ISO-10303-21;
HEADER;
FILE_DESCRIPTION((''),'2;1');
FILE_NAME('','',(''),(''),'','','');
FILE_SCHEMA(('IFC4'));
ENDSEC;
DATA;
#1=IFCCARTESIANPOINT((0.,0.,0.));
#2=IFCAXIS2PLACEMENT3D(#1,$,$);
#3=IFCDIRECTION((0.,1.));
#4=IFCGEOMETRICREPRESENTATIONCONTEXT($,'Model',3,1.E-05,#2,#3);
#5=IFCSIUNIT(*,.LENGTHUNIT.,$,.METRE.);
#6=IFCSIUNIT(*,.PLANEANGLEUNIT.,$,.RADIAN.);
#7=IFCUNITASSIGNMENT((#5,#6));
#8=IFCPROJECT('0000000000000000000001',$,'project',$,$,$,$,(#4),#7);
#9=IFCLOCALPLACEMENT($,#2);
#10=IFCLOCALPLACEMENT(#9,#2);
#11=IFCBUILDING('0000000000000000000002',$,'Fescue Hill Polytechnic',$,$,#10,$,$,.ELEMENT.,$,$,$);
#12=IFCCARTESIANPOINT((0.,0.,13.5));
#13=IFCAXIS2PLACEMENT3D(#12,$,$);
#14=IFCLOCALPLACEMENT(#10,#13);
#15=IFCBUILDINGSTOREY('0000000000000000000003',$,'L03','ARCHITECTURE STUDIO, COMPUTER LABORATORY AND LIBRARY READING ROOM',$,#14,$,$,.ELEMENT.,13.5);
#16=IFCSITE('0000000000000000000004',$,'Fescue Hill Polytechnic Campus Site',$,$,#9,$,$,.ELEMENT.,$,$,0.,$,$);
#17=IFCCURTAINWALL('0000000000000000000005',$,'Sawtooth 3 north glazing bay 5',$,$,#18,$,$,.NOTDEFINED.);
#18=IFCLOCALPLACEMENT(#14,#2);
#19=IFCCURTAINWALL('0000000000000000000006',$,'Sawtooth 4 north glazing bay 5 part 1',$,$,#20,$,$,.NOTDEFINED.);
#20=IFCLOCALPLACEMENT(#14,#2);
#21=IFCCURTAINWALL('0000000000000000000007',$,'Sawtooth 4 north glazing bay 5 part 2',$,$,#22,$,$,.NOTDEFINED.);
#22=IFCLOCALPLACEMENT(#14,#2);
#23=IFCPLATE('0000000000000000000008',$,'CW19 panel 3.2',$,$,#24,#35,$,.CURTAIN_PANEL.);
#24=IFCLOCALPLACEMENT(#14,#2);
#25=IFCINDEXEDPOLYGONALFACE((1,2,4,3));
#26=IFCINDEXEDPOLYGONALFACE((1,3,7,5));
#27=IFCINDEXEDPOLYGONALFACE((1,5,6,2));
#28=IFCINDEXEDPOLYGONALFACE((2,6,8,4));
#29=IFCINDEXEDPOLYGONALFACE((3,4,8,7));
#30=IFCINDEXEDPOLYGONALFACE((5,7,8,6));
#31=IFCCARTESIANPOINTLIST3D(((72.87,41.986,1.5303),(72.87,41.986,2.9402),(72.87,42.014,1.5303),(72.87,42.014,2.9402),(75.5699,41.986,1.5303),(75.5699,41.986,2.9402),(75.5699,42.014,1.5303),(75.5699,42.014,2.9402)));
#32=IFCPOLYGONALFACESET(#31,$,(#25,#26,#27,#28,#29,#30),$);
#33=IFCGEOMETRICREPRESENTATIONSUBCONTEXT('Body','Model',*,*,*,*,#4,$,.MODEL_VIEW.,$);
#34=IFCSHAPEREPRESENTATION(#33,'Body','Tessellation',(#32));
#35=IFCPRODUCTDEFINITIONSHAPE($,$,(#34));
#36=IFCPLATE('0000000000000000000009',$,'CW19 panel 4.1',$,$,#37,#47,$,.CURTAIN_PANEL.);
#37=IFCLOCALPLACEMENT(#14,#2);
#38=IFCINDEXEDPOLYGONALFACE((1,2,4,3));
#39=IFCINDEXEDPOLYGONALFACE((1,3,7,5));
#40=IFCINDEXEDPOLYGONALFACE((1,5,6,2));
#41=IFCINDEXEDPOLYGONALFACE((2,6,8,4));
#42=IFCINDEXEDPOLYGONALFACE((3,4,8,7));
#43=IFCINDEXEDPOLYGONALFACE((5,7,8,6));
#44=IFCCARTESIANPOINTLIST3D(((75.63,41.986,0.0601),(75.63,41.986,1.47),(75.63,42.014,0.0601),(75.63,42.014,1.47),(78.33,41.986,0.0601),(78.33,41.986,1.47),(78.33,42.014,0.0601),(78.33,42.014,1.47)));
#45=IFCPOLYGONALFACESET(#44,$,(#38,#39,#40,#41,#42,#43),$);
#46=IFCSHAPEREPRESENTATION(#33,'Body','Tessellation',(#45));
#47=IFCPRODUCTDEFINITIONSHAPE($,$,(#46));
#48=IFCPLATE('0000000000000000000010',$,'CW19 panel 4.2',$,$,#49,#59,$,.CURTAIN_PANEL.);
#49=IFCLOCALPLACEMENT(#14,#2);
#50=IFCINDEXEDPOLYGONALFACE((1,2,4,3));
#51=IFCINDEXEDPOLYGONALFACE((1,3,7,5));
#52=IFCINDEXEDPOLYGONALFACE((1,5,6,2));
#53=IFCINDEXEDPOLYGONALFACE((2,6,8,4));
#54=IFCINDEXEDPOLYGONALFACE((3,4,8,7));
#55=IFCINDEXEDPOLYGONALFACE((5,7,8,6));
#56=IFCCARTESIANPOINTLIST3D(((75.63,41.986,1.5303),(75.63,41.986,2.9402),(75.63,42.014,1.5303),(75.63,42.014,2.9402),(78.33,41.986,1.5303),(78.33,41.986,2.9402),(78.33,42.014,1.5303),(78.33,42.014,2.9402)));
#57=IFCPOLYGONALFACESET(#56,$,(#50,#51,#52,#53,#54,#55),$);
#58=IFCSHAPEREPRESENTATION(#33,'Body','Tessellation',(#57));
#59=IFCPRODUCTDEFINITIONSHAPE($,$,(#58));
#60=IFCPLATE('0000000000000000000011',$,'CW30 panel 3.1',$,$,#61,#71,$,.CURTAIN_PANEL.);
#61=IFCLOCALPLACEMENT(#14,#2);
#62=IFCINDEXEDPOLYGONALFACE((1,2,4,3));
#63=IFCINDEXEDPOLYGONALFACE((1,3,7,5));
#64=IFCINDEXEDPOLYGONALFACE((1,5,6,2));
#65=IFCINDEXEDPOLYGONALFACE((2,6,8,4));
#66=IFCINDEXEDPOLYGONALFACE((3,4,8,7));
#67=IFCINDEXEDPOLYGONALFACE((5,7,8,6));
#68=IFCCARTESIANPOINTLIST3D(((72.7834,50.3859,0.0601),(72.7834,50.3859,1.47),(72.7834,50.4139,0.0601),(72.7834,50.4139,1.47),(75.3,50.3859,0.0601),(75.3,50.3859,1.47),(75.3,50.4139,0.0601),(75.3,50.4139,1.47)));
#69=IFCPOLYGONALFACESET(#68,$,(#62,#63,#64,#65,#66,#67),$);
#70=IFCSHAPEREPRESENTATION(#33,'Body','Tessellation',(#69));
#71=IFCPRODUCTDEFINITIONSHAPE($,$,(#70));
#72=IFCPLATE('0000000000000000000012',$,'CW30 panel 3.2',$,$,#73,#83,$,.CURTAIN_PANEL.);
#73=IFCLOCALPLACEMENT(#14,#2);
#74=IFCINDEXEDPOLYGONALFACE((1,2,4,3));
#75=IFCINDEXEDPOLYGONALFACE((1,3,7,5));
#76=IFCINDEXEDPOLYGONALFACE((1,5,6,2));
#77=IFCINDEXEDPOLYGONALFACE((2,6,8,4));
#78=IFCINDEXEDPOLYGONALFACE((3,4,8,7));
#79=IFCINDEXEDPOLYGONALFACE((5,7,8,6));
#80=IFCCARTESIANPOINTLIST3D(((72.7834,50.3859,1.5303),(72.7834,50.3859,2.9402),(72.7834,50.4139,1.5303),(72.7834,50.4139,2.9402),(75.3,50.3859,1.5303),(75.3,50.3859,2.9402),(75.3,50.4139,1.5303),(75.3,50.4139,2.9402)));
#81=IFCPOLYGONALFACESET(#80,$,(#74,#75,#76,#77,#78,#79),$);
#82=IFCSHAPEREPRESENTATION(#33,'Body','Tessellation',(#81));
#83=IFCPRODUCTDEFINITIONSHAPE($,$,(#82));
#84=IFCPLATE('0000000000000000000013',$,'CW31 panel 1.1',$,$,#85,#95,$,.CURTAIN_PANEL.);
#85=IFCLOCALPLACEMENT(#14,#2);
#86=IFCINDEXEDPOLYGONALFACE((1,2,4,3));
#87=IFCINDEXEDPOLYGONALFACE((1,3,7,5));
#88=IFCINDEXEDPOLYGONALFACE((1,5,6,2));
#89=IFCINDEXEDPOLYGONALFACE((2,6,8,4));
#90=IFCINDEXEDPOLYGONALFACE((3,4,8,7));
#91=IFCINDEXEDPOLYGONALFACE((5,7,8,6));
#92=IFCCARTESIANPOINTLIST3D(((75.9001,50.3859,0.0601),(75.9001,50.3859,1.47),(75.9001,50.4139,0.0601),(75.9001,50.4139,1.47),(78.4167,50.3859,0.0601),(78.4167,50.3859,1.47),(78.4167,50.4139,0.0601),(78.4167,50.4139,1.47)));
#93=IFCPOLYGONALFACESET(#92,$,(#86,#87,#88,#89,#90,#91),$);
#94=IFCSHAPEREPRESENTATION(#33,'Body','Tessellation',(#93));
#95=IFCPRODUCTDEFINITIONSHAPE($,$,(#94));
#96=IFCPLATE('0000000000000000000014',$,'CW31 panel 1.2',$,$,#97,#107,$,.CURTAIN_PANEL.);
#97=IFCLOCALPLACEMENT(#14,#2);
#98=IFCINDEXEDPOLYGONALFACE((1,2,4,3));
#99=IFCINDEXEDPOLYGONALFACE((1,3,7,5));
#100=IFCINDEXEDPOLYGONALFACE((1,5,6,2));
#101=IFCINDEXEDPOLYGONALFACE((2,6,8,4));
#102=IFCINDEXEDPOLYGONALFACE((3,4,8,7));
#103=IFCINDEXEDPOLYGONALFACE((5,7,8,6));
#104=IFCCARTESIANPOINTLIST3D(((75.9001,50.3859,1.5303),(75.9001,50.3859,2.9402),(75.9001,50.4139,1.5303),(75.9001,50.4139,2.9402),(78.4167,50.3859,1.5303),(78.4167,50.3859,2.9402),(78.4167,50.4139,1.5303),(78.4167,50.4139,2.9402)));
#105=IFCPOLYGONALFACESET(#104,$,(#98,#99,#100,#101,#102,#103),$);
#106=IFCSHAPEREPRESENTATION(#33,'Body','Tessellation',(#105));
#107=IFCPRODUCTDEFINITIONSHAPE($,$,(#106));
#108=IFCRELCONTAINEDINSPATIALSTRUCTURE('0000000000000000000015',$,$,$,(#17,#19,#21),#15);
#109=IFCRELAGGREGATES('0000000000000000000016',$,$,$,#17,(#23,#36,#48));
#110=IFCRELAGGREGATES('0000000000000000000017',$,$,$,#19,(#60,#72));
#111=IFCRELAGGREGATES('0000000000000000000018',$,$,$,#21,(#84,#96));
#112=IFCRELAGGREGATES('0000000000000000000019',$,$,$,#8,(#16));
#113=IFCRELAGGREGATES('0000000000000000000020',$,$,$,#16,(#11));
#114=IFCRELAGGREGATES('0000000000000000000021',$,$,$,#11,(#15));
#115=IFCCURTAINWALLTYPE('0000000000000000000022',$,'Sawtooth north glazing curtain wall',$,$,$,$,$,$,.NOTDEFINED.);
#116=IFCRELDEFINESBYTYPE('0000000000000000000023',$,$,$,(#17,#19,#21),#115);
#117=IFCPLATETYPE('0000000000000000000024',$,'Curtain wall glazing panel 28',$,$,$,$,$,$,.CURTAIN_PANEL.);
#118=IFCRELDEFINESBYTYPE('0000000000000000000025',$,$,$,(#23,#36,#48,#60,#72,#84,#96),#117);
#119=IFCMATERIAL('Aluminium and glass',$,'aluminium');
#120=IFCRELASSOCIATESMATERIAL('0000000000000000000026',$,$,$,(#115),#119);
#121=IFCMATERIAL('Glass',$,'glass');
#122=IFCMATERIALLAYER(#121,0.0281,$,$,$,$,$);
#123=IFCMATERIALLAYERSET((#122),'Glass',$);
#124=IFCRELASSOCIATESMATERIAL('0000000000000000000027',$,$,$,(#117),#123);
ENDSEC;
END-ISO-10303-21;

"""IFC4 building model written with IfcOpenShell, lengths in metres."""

from ifc_helpers import new_model, si_unit, direction, frame, origin, origin_2d, place, context, subcontext, project, spatial, rectangle, extrude, material, layer, layer_set, type_object, element, aggregate, save


model = new_model("IFC4")

# Units and contexts
model_context = context("Model", 3, precision=1e-05, world=origin(), true_north=direction((0.0, 1.0)))
body_context = subcontext(model_context, "Body", "Model", "MODEL_VIEW")
ifc_project = project(units=[si_unit("LENGTHUNIT", "METRE"), si_unit("PLANEANGLEUNIT", "RADIAN")], contexts=[model_context])

# Site, building, storey
site_placement = place(None, origin())
site = spatial("IfcSite", under=ifc_project, at=site_placement, Name="Fescue Hill Polytechnic Campus Site", CompositionType="ELEMENT", RefElevation=0.0)
building_placement = place(site_placement, origin())
building = spatial("IfcBuilding", under=site, at=building_placement, Name="Fescue Hill Polytechnic", CompositionType="ELEMENT")
storey_placement = place(building_placement, frame((0.0, 0.0, 13.5)))
storey = spatial("IfcBuildingStorey", under=building, at=storey_placement, Name="L03", Description="ARCHITECTURE STUDIO, COMPUTER LABORATORY AND LIBRARY READING ROOM", CompositionType="ELEMENT", Elevation=13.5)

# Curtain wall
ifc_material_1 = material(Name="Aluminium and glass", Category="aluminium")
curtain_wall_type = type_object("IfcCurtainWallType", Name="Sawtooth north glazing curtain wall", PredefinedType="NOTDEFINED", material=ifc_material_1)
curtain_wall_1_placement = place(storey_placement, origin())
curtain_wall_1 = element("IfcCurtainWall", 1, at=curtain_wall_1_placement, inside=storey, type_object=curtain_wall_type, Name="Sawtooth 3 north glazing bay 5", PredefinedType="NOTDEFINED")

# Curtain walls
curtain_wall_2_placement = place(storey_placement, origin())
curtain_wall_2 = element("IfcCurtainWall", 2, at=curtain_wall_2_placement, inside=storey, type_object=curtain_wall_type, Name="Sawtooth 4 north glazing bay 5 part 1", PredefinedType="NOTDEFINED")
curtain_wall_3_placement = place(storey_placement, origin())
curtain_wall_3 = element("IfcCurtainWall", 3, at=curtain_wall_3_placement, inside=storey, type_object=curtain_wall_type, Name="Sawtooth 4 north glazing bay 5 part 2", PredefinedType="NOTDEFINED")

# Plates
ifc_material_2 = material(Name="Glass", Category="glass")
ifc_layer = layer(ifc_material_2, 0.0281)
ifc_layer_set = layer_set([ifc_layer], Name="Glass")
plate_type = type_object("IfcPlateType", Name="Curtain wall glazing panel 28", PredefinedType="CURTAIN_PANEL", material=ifc_layer_set)
plate_1_placement = place(storey_placement, frame((74.22, 42.0, 1.5303), z_axis=(0.0, 0.0, 1.0), x_axis=(1.0, 0.0, 0.0)))
plate_1 = element("IfcPlate", 4, at=plate_1_placement, type_object=plate_type, Name="CW19 panel 3.2", PredefinedType="CURTAIN_PANEL", context=body_context, shape_type="SweptSolid", body=[
    extrude(rectangle(XDim=2.7, YDim=0.0281, at=origin_2d()), origin(), (0.0, 0.0, 1.0), 1.4099),
])
plate_2_placement = place(storey_placement, frame((76.98, 42.0, 0.0601), z_axis=(0.0, 0.0, 1.0), x_axis=(1.0, 0.0, 0.0)))
plate_2 = element("IfcPlate", 5, at=plate_2_placement, type_object=plate_type, Name="CW19 panel 4.1", PredefinedType="CURTAIN_PANEL", context=body_context, shape_type="SweptSolid", body=[
    extrude(rectangle(XDim=2.7, YDim=0.0281, at=origin_2d()), origin(), (0.0, 0.0, 1.0), 1.4099),
])
plate_3_placement = place(storey_placement, frame((76.98, 42.0, 1.5303), z_axis=(0.0, 0.0, 1.0), x_axis=(1.0, 0.0, 0.0)))
plate_3 = element("IfcPlate", 6, at=plate_3_placement, type_object=plate_type, Name="CW19 panel 4.2", PredefinedType="CURTAIN_PANEL", context=body_context, shape_type="SweptSolid", body=[
    extrude(rectangle(XDim=2.7, YDim=0.0281, at=origin_2d()), origin(), (0.0, 0.0, 1.0), 1.4099),
])
aggregate(curtain_wall_1, [plate_1, plate_2, plate_3])
plate_4_placement = place(storey_placement, frame((74.0417, 50.3999, 0.0601), z_axis=(0.0, 0.0, 1.0), x_axis=(1.0, 0.0, 0.0)))
plate_4 = element("IfcPlate", 7, at=plate_4_placement, type_object=plate_type, Name="CW30 panel 3.1", PredefinedType="CURTAIN_PANEL", context=body_context, shape_type="SweptSolid", body=[
    extrude(rectangle(XDim=2.5166, YDim=0.0281, at=origin_2d()), origin(), (0.0, 0.0, 1.0), 1.4099),
])
plate_5_placement = place(storey_placement, frame((74.0417, 50.3999, 1.5303), z_axis=(0.0, 0.0, 1.0), x_axis=(1.0, 0.0, 0.0)))
plate_5 = element("IfcPlate", 8, at=plate_5_placement, type_object=plate_type, Name="CW30 panel 3.2", PredefinedType="CURTAIN_PANEL", context=body_context, shape_type="SweptSolid", body=[
    extrude(rectangle(XDim=2.5166, YDim=0.0281, at=origin_2d()), origin(), (0.0, 0.0, 1.0), 1.4099),
])
aggregate(curtain_wall_2, [plate_4, plate_5])
plate_6_placement = place(storey_placement, frame((77.1584, 50.3999, 0.0601), z_axis=(0.0, 0.0, 1.0), x_axis=(1.0, 0.0, 0.0)))
plate_6 = element("IfcPlate", 9, at=plate_6_placement, type_object=plate_type, Name="CW31 panel 1.1", PredefinedType="CURTAIN_PANEL", context=body_context, shape_type="SweptSolid", body=[
    extrude(rectangle(XDim=2.5166, YDim=0.0281, at=origin_2d()), origin(), (0.0, 0.0, 1.0), 1.4099),
])
plate_7_placement = place(storey_placement, frame((77.1584, 50.3999, 1.5303), z_axis=(0.0, 0.0, 1.0), x_axis=(1.0, 0.0, 0.0)))
plate_7 = element("IfcPlate", 10, at=plate_7_placement, type_object=plate_type, Name="CW31 panel 1.2", PredefinedType="CURTAIN_PANEL", context=body_context, shape_type="SweptSolid", body=[
    extrude(rectangle(XDim=2.5166, YDim=0.0281, at=origin_2d()), origin(), (0.0, 0.0, 1.0), 1.4099),
])
aggregate(curtain_wall_3, [plate_6, plate_7])

save(model, "model.ifc")
